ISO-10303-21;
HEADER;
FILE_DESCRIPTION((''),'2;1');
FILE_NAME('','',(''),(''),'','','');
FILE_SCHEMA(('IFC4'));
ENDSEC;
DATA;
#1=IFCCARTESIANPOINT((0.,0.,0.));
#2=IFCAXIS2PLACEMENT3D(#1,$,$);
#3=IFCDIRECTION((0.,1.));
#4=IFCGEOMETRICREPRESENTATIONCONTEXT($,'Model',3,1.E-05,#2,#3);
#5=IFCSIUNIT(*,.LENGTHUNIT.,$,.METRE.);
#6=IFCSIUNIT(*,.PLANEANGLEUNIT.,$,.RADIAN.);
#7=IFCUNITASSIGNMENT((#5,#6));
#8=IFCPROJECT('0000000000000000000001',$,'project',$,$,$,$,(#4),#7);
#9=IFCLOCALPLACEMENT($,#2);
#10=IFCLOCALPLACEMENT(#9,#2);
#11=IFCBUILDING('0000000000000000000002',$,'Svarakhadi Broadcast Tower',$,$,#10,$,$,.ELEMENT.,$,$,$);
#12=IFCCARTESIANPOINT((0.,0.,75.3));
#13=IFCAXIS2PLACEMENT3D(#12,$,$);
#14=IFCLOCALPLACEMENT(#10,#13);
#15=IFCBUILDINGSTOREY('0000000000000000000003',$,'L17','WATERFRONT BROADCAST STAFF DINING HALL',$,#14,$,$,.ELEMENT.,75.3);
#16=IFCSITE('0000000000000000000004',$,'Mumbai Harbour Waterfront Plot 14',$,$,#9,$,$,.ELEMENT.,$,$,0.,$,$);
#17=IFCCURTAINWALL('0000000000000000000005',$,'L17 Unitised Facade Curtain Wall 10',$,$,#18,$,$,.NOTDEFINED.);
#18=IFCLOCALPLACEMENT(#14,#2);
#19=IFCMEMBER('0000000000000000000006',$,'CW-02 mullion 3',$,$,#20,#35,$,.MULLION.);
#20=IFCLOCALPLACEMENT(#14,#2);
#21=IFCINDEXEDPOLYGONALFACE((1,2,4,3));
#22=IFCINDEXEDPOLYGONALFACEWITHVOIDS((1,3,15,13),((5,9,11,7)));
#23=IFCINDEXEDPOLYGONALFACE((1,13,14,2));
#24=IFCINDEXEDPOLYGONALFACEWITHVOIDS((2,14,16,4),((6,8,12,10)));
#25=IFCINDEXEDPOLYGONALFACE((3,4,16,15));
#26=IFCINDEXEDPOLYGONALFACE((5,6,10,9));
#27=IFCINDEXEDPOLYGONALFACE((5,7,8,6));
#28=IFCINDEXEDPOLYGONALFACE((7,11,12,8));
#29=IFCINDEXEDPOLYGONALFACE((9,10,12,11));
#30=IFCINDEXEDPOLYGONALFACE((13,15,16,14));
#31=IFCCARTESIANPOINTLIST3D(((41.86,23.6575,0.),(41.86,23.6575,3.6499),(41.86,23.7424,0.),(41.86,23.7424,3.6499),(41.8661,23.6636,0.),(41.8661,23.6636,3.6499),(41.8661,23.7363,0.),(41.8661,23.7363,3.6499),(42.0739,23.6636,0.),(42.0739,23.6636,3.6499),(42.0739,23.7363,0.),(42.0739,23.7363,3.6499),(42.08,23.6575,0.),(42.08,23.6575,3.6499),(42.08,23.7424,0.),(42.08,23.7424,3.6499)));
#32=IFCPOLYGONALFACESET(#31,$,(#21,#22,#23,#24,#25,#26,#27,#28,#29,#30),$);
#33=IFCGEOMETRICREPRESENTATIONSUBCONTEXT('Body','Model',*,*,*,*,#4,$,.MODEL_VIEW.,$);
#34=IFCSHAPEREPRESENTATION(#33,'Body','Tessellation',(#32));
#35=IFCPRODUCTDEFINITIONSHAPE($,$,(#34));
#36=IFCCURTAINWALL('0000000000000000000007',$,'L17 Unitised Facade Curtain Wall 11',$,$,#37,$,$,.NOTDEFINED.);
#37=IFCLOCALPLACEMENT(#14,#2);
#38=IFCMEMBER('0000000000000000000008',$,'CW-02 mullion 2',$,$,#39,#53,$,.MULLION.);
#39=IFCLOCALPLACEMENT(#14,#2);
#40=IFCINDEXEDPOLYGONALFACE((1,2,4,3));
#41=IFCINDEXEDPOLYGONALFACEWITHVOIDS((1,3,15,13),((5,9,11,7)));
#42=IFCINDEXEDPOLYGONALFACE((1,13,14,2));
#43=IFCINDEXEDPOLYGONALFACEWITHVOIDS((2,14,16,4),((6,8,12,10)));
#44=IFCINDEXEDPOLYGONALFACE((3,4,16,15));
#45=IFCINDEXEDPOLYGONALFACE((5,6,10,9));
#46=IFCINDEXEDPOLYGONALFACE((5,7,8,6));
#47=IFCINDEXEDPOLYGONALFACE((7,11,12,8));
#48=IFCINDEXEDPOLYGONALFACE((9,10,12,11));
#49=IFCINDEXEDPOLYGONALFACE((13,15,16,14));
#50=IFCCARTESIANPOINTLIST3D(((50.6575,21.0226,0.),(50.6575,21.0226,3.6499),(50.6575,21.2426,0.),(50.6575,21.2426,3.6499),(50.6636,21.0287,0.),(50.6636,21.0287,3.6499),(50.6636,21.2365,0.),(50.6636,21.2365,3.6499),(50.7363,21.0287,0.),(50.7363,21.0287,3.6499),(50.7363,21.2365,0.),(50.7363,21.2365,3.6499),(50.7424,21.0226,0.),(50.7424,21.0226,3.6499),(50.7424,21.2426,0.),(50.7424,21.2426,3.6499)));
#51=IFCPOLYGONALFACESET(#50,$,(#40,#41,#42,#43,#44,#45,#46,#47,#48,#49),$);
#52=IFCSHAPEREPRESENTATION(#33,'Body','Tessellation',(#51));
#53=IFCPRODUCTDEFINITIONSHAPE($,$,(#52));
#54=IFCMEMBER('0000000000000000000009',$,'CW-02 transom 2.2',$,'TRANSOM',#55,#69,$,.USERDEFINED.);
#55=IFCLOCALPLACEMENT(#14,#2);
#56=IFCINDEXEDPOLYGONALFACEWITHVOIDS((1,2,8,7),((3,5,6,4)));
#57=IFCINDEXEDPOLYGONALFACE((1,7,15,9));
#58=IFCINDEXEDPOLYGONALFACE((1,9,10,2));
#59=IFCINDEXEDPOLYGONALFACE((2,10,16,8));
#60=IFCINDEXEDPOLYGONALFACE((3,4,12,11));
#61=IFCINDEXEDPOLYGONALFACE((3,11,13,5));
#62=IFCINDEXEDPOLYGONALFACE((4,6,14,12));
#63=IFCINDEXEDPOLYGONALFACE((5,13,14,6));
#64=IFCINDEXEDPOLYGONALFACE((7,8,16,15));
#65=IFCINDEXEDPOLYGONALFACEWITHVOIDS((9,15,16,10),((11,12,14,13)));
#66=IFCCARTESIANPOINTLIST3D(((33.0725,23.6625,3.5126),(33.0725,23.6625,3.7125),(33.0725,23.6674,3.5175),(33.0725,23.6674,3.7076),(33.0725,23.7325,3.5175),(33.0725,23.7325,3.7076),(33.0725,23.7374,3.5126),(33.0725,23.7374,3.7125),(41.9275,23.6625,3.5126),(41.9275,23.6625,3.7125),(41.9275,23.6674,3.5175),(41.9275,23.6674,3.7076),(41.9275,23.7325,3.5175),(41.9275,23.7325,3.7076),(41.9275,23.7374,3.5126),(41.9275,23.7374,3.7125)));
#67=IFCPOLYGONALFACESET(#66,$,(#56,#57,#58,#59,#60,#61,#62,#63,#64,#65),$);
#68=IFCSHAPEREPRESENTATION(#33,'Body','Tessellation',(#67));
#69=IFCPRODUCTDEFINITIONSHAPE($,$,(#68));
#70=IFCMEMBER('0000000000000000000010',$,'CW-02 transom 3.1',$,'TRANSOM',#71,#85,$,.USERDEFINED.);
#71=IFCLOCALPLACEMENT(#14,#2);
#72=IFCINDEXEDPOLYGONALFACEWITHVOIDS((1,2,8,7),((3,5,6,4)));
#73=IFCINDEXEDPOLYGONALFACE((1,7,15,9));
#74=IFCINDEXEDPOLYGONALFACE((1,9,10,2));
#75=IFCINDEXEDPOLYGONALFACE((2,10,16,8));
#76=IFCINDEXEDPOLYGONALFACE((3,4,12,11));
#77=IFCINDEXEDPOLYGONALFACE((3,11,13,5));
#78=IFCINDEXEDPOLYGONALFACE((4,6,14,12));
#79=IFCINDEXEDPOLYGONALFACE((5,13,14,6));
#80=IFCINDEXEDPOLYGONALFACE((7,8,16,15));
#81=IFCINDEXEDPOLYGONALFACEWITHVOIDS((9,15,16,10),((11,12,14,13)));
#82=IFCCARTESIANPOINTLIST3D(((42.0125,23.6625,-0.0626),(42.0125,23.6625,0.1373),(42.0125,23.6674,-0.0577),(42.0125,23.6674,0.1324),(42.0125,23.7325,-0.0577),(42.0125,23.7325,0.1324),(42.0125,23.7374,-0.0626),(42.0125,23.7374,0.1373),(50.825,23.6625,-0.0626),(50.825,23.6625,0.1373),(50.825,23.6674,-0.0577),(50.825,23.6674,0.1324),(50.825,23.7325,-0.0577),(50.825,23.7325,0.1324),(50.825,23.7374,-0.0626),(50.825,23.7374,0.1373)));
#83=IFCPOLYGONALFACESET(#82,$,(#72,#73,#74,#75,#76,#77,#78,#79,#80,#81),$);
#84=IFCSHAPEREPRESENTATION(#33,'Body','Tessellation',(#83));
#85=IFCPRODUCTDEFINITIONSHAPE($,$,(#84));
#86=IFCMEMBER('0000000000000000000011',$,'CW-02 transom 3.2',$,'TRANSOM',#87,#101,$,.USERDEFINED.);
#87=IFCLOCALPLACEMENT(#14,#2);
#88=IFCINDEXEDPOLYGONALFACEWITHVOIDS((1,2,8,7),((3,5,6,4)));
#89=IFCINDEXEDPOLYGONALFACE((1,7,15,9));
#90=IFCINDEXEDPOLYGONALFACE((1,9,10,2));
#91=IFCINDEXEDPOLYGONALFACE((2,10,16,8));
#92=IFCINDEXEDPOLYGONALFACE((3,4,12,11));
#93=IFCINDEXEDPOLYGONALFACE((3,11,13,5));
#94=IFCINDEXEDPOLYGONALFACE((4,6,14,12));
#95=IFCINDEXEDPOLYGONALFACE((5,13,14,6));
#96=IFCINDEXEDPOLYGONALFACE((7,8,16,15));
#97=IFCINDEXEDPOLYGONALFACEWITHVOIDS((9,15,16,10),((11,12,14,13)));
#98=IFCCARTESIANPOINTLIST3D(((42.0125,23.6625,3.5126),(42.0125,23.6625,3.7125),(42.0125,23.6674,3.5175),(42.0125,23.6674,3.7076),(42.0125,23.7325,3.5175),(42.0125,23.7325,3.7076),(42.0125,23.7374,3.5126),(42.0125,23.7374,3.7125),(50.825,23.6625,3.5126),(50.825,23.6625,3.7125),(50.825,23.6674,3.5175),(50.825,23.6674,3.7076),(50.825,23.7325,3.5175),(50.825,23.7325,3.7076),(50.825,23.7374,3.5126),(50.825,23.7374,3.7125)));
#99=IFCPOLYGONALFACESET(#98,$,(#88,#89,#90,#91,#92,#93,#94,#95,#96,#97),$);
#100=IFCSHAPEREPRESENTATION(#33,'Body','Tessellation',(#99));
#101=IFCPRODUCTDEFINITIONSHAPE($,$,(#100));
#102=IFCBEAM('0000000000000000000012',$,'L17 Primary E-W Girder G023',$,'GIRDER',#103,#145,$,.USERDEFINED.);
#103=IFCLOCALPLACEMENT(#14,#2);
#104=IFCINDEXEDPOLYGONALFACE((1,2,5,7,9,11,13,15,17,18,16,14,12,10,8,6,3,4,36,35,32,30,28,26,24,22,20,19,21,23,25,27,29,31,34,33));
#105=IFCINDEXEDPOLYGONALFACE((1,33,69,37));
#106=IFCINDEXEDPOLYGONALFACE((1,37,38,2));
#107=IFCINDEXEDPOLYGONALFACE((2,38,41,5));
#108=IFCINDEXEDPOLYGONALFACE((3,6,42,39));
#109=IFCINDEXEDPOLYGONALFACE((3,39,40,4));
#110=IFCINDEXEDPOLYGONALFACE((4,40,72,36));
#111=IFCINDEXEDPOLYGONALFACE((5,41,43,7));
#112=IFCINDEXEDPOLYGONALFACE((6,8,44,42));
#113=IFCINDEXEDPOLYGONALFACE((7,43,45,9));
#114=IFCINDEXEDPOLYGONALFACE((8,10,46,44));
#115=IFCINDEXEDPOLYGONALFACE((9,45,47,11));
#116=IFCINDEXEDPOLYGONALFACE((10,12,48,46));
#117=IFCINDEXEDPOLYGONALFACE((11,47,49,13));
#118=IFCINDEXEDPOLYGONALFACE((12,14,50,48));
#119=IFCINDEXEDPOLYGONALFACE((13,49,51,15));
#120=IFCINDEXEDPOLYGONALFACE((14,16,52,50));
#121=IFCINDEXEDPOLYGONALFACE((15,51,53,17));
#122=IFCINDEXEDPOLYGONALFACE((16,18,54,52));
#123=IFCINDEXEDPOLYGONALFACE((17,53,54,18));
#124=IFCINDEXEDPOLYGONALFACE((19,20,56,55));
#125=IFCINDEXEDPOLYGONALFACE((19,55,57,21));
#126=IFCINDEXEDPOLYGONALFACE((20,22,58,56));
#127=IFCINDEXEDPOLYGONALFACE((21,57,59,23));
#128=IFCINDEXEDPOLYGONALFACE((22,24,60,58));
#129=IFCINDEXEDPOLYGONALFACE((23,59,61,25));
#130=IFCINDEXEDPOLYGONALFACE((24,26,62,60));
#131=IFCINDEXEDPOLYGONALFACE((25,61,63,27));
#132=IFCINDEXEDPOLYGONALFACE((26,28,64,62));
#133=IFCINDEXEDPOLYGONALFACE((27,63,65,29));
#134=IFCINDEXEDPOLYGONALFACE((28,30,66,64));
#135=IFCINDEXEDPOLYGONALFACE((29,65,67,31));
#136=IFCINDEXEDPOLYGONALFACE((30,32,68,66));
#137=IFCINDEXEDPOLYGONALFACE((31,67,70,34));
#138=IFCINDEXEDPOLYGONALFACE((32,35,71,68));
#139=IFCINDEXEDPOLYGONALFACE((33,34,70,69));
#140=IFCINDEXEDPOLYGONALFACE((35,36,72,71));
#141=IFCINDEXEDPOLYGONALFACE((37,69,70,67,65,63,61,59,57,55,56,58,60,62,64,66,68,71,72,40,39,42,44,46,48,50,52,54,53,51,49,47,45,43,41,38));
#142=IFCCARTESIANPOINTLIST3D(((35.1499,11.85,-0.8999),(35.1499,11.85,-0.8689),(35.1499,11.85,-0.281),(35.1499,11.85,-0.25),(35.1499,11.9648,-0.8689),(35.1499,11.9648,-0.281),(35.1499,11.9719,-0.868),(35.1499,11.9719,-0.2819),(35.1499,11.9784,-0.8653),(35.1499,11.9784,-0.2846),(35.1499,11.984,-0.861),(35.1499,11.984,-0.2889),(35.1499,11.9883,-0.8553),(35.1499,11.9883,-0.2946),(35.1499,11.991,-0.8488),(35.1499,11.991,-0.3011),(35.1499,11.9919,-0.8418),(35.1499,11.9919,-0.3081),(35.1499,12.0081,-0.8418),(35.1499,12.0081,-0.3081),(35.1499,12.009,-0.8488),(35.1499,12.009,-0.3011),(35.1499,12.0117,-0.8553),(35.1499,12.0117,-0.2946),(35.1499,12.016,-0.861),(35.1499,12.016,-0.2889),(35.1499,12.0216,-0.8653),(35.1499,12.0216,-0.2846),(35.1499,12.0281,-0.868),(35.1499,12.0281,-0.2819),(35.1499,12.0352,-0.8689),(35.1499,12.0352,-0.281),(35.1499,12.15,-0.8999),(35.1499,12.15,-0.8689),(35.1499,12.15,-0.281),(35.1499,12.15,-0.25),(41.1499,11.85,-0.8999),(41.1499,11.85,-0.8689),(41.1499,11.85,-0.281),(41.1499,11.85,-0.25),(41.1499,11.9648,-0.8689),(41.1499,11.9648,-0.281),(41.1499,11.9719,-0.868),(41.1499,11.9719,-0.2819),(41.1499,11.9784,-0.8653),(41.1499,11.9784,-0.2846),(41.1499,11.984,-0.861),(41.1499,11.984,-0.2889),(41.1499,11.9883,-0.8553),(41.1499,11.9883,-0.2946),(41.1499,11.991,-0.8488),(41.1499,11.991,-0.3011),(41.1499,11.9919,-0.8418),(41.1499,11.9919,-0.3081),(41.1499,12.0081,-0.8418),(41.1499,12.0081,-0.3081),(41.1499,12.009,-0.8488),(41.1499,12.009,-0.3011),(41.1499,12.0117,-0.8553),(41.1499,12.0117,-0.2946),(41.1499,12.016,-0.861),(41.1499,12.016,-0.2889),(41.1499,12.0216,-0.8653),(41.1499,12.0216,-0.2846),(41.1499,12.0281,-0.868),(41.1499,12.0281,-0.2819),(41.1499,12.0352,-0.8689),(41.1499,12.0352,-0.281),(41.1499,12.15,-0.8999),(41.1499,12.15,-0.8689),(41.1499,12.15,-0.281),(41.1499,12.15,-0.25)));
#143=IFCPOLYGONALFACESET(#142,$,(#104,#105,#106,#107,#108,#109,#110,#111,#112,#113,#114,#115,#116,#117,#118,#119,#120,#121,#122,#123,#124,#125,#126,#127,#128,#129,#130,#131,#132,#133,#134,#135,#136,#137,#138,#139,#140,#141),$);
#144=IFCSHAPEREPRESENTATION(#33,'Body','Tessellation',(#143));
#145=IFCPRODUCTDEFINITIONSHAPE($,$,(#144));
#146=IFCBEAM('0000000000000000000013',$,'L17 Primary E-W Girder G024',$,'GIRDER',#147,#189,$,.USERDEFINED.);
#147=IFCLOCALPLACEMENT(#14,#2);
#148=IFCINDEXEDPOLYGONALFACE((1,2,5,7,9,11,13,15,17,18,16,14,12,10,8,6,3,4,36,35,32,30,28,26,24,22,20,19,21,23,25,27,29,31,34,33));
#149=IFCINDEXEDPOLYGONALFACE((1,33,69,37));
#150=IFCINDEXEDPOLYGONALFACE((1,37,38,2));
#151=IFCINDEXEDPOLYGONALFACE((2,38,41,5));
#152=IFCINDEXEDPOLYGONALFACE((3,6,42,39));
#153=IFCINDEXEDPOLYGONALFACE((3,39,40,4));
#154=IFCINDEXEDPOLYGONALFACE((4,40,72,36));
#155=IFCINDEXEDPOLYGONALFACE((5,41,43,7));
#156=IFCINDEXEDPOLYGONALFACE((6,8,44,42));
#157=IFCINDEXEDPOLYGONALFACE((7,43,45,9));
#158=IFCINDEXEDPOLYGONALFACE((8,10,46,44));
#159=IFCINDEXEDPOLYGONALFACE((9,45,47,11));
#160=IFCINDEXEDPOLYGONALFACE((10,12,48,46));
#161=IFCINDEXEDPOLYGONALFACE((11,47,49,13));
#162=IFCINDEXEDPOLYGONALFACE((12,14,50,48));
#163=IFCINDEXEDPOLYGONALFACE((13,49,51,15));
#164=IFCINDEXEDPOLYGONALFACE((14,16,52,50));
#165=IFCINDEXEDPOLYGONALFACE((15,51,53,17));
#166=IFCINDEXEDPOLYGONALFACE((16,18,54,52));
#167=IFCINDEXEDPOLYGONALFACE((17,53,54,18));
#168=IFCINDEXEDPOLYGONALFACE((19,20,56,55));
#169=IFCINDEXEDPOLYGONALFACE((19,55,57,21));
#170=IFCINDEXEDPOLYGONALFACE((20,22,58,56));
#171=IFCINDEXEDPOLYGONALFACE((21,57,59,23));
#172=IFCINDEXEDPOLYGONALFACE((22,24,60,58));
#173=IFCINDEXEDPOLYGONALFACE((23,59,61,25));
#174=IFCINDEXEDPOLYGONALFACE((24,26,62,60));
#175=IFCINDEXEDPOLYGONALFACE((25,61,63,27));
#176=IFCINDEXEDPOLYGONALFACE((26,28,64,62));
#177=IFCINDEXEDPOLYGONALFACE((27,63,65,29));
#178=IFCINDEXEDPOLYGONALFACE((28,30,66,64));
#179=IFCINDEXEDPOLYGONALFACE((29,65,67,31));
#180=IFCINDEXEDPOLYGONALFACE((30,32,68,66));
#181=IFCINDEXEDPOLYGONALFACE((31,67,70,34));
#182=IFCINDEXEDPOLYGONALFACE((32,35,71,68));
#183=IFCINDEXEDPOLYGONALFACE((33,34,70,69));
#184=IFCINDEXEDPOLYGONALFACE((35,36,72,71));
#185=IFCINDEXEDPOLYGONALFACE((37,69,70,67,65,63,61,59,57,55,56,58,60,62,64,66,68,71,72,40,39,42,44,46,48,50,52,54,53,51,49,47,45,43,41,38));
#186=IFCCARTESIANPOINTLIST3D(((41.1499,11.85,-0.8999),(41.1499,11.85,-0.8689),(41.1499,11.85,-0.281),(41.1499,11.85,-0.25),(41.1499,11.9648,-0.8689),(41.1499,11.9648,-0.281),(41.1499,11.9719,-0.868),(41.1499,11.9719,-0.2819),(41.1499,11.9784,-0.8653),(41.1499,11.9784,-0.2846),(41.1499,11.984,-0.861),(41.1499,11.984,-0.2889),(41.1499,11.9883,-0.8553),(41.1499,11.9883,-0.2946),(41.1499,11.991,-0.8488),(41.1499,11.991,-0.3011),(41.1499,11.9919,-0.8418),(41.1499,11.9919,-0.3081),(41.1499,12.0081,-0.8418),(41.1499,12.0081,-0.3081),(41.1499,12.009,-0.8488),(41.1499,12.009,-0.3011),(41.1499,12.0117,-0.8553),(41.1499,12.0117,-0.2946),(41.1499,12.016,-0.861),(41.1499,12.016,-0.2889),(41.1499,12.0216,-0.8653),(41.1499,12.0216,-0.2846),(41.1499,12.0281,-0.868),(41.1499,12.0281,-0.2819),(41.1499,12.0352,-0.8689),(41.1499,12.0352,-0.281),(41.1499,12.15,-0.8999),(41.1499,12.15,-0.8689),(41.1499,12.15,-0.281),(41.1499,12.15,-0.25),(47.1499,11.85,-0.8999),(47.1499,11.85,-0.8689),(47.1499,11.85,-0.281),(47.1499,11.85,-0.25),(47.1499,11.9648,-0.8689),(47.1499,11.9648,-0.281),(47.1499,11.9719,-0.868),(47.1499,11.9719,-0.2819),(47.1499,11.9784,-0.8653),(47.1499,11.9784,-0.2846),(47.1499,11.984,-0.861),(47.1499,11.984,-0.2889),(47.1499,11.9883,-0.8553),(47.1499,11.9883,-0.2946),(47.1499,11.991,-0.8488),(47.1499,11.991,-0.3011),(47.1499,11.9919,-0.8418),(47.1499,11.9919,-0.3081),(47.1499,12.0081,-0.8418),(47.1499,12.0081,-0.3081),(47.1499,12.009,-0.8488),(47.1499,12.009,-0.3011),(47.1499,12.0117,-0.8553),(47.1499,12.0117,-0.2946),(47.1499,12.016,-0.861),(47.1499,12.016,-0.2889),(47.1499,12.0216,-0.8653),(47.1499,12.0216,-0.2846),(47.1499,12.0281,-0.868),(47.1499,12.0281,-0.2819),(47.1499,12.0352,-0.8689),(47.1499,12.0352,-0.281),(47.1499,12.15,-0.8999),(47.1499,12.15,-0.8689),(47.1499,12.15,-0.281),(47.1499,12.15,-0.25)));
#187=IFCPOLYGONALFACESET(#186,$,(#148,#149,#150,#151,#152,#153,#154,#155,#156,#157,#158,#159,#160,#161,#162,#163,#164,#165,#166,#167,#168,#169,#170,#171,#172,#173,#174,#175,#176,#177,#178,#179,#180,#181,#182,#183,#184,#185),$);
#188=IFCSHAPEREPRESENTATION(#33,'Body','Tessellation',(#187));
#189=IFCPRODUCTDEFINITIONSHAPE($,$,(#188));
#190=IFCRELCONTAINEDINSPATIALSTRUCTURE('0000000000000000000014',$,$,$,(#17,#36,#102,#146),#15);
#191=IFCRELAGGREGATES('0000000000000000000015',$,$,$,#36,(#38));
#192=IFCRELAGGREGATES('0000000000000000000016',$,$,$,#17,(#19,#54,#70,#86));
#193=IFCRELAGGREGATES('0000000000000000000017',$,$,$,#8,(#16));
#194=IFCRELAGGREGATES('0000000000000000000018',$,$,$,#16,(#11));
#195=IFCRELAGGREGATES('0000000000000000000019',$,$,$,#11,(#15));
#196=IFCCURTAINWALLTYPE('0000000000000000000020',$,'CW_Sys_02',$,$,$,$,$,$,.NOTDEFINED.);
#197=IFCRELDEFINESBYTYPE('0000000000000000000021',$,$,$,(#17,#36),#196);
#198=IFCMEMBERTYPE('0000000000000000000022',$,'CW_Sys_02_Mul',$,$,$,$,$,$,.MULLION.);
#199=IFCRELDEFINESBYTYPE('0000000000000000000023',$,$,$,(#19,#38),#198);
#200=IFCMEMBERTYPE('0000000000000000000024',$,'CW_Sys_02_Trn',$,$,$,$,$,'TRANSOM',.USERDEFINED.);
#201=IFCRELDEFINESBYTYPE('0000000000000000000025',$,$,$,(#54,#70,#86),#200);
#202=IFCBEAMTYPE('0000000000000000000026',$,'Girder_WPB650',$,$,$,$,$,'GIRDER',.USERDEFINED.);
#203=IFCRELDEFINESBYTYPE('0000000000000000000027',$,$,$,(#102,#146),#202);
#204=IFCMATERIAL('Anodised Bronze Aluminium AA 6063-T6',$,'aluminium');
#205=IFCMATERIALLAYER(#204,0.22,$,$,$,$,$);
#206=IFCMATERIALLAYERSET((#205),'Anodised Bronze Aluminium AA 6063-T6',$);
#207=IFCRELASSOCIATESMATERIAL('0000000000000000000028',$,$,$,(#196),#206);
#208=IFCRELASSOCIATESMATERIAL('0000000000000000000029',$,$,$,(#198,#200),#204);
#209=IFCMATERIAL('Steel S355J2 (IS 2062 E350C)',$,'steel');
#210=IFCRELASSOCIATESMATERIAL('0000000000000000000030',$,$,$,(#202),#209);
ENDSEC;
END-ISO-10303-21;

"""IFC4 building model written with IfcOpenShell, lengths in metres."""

from ifc_helpers import new_model, si_unit, direction, frame, origin, origin_2d, place, context, subcontext, project, spatial, hollow_rectangle, i_section, extrude, material, layer, layer_set, material_profile, profile_set, type_object, element, aggregate, save


model = new_model("IFC4")

# Units and contexts
model_context = context("Model", 3, precision=1e-05, world=origin(), true_north=direction((0.0, 1.0)))
body_context = subcontext(model_context, "Body", "Model", "MODEL_VIEW")
ifc_project = project(units=[si_unit("LENGTHUNIT", "METRE"), si_unit("PLANEANGLEUNIT", "RADIAN")], contexts=[model_context])

# Site, building, storey
site_placement = place(None, origin())
site = spatial("IfcSite", under=ifc_project, at=site_placement, Name="Mumbai Harbour Waterfront Plot 14", CompositionType="ELEMENT", RefElevation=0.0)
building_placement = place(site_placement, origin())
building = spatial("IfcBuilding", under=site, at=building_placement, Name="Svarakhadi Broadcast Tower", CompositionType="ELEMENT")
storey_placement = place(building_placement, frame((0.0, 0.0, 75.3)))
storey = spatial("IfcBuildingStorey", under=building, at=storey_placement, Name="L17", Description="WATERFRONT BROADCAST STAFF DINING HALL", CompositionType="ELEMENT", Elevation=75.3)

# Shared definitions
ifc_material_1 = material(Name="Steel S355J2 (IS 2062 E350C)", Category="steel")

# Curtain walls, members
ifc_material_2 = material(Name="Anodised Bronze Aluminium AA 6063-T6", Category="aluminium")
ifc_layer_1 = layer(ifc_material_2, 0.22)
ifc_layer_set_1 = layer_set([ifc_layer_1], Name="Anodised Bronze Aluminium AA 6063-T6")
curtain_wall_type = type_object("IfcCurtainWallType", Name="CW_Sys_02", PredefinedType="NOTDEFINED", material=ifc_layer_set_1)
curtain_wall_1_placement = place(storey_placement, origin())
curtain_wall_1 = element("IfcCurtainWall", 1, at=curtain_wall_1_placement, inside=storey, type_object=curtain_wall_type, Name="L17 Unitised Facade Curtain Wall 10", PredefinedType="NOTDEFINED")
ifc_material_profile_1 = material_profile(ifc_material_2, hollow_rectangle(XDim=0.085, YDim=0.22, WallThickness=0.0061, at=origin_2d()), Name="ALU MULLION 220x85x6")
ifc_profile_set_1 = profile_set([ifc_material_profile_1], Name="Anodised Bronze Aluminium AA 6063-T6")
member_type_1 = type_object("IfcMemberType", Name="CW_Sys_02_Mul", PredefinedType="MULLION", material=ifc_profile_set_1)
member_1_placement = place(storey_placement, frame((41.97, 23.7, 0.0), z_axis=(0.0, 0.0, 1.0), x_axis=(0.0, 1.0, 0.0)))
member_1 = element("IfcMember", 2, at=member_1_placement, type_object=member_type_1, Name="CW-02 mullion 3", PredefinedType="MULLION", context=body_context, shape_type="SweptSolid", body=[
    extrude(hollow_rectangle(XDim=0.085, YDim=0.22, WallThickness=0.0061, at=origin_2d()), origin(), (0.0, 0.0, 1.0), 3.6499),
])
curtain_wall_2_placement = place(storey_placement, origin())
curtain_wall_2 = element("IfcCurtainWall", 3, at=curtain_wall_2_placement, inside=storey, type_object=curtain_wall_type, Name="L17 Unitised Facade Curtain Wall 11", PredefinedType="NOTDEFINED")
member_2_placement = place(storey_placement, frame((50.7, 21.1326, 0.0), z_axis=(0.0, 0.0, 1.0), x_axis=(1.0, 0.0, 0.0)))
member_2 = element("IfcMember", 4, at=member_2_placement, type_object=member_type_1, Name="CW-02 mullion 2", PredefinedType="MULLION", context=body_context, shape_type="SweptSolid", body=[
    extrude(hollow_rectangle(XDim=0.085, YDim=0.22, WallThickness=0.0061, at=origin_2d()), origin(), (0.0, 0.0, 1.0), 3.6499),
])
aggregate(curtain_wall_2, [member_2])

# Members
ifc_material_profile_2 = material_profile(ifc_material_2, hollow_rectangle(XDim=0.075, YDim=0.2, WallThickness=0.0049, at=origin_2d()), Name="ALU TRANSOM 200x75x5")
ifc_profile_set_2 = profile_set([ifc_material_profile_2], Name="Anodised Bronze Aluminium AA 6063-T6")
member_type_2 = type_object("IfcMemberType", Name="CW_Sys_02_Trn", ElementType="TRANSOM", PredefinedType="USERDEFINED", material=ifc_profile_set_2)
member_3_placement = place(storey_placement, frame((33.0725, 23.7, 3.6125), z_axis=(1.0, 0.0, 0.0), x_axis=(0.0, 1.0, 0.0)))
member_3 = element("IfcMember", 5, at=member_3_placement, type_object=member_type_2, Name="CW-02 transom 2.2", ObjectType="TRANSOM", PredefinedType="USERDEFINED", context=body_context, shape_type="SweptSolid", body=[
    extrude(hollow_rectangle(XDim=0.075, YDim=0.2, WallThickness=0.0049, at=origin_2d()), origin(), (0.0, 0.0, 1.0), 8.855),
])
member_4_placement = place(storey_placement, frame((42.0125, 23.7, 0.0374), z_axis=(1.0, 0.0, 0.0), x_axis=(0.0, 1.0, 0.0)))
member_4 = element("IfcMember", 6, at=member_4_placement, type_object=member_type_2, Name="CW-02 transom 3.1", ObjectType="TRANSOM", PredefinedType="USERDEFINED", context=body_context, shape_type="SweptSolid", body=[
    extrude(hollow_rectangle(XDim=0.075, YDim=0.2, WallThickness=0.0049, at=origin_2d()), origin(), (0.0, 0.0, 1.0), 8.8125),
])
member_5_placement = place(storey_placement, frame((42.0125, 23.7, 3.6125), z_axis=(1.0, 0.0, 0.0), x_axis=(0.0, 1.0, 0.0)))
member_5 = element("IfcMember", 7, at=member_5_placement, type_object=member_type_2, Name="CW-02 transom 3.2", ObjectType="TRANSOM", PredefinedType="USERDEFINED", context=body_context, shape_type="SweptSolid", body=[
    extrude(hollow_rectangle(XDim=0.075, YDim=0.2, WallThickness=0.0049, at=origin_2d()), origin(), (0.0, 0.0, 1.0), 8.8125),
])

# Beams
ifc_material_profile_3 = material_profile(ifc_material_1, i_section(OverallWidth=0.3, OverallDepth=0.6499, WebThickness=0.0161, FlangeThickness=0.031, FilletRadius=0.0271, at=origin_2d()), Name="WPB 650x300x225")
ifc_profile_set_3 = profile_set([ifc_material_profile_3], Name="Steel S355J2 (IS 2062 E350C)")
beam_type_1 = type_object("IfcBeamType", Name="Girder_WPB650", ElementType="GIRDER", PredefinedType="USERDEFINED", material=ifc_profile_set_3)
for number, where, z_axis, x_axis, name in (
    (8, (35.1499, 12.0, -0.575), (1.0, 0.0, 0.0), (0.0, 1.0, 0.0), "L17 Primary E-W Girder G023"),
    (9, (41.1499, 12.0, -0.575), (1.0, 0.0, 0.0), (0.0, 1.0, 0.0), "L17 Primary E-W Girder G024"),
):
    element("IfcBeam", number, at=place(storey_placement, frame(where, z_axis=z_axis, x_axis=x_axis)), inside=storey, type_object=beam_type_1, Name=name, ObjectType="GIRDER", PredefinedType="USERDEFINED", context=body_context, shape_type="SweptSolid", body=[
        extrude(i_section(OverallWidth=0.3, OverallDepth=0.6499, WebThickness=0.0161, FlangeThickness=0.031, FilletRadius=0.0271, at=origin_2d()), origin(), (0.0, 0.0, 1.0), 6.0),
    ])

aggregate(curtain_wall_1, [member_1, member_3, member_4, member_5])

save(model, "model.ifc")
